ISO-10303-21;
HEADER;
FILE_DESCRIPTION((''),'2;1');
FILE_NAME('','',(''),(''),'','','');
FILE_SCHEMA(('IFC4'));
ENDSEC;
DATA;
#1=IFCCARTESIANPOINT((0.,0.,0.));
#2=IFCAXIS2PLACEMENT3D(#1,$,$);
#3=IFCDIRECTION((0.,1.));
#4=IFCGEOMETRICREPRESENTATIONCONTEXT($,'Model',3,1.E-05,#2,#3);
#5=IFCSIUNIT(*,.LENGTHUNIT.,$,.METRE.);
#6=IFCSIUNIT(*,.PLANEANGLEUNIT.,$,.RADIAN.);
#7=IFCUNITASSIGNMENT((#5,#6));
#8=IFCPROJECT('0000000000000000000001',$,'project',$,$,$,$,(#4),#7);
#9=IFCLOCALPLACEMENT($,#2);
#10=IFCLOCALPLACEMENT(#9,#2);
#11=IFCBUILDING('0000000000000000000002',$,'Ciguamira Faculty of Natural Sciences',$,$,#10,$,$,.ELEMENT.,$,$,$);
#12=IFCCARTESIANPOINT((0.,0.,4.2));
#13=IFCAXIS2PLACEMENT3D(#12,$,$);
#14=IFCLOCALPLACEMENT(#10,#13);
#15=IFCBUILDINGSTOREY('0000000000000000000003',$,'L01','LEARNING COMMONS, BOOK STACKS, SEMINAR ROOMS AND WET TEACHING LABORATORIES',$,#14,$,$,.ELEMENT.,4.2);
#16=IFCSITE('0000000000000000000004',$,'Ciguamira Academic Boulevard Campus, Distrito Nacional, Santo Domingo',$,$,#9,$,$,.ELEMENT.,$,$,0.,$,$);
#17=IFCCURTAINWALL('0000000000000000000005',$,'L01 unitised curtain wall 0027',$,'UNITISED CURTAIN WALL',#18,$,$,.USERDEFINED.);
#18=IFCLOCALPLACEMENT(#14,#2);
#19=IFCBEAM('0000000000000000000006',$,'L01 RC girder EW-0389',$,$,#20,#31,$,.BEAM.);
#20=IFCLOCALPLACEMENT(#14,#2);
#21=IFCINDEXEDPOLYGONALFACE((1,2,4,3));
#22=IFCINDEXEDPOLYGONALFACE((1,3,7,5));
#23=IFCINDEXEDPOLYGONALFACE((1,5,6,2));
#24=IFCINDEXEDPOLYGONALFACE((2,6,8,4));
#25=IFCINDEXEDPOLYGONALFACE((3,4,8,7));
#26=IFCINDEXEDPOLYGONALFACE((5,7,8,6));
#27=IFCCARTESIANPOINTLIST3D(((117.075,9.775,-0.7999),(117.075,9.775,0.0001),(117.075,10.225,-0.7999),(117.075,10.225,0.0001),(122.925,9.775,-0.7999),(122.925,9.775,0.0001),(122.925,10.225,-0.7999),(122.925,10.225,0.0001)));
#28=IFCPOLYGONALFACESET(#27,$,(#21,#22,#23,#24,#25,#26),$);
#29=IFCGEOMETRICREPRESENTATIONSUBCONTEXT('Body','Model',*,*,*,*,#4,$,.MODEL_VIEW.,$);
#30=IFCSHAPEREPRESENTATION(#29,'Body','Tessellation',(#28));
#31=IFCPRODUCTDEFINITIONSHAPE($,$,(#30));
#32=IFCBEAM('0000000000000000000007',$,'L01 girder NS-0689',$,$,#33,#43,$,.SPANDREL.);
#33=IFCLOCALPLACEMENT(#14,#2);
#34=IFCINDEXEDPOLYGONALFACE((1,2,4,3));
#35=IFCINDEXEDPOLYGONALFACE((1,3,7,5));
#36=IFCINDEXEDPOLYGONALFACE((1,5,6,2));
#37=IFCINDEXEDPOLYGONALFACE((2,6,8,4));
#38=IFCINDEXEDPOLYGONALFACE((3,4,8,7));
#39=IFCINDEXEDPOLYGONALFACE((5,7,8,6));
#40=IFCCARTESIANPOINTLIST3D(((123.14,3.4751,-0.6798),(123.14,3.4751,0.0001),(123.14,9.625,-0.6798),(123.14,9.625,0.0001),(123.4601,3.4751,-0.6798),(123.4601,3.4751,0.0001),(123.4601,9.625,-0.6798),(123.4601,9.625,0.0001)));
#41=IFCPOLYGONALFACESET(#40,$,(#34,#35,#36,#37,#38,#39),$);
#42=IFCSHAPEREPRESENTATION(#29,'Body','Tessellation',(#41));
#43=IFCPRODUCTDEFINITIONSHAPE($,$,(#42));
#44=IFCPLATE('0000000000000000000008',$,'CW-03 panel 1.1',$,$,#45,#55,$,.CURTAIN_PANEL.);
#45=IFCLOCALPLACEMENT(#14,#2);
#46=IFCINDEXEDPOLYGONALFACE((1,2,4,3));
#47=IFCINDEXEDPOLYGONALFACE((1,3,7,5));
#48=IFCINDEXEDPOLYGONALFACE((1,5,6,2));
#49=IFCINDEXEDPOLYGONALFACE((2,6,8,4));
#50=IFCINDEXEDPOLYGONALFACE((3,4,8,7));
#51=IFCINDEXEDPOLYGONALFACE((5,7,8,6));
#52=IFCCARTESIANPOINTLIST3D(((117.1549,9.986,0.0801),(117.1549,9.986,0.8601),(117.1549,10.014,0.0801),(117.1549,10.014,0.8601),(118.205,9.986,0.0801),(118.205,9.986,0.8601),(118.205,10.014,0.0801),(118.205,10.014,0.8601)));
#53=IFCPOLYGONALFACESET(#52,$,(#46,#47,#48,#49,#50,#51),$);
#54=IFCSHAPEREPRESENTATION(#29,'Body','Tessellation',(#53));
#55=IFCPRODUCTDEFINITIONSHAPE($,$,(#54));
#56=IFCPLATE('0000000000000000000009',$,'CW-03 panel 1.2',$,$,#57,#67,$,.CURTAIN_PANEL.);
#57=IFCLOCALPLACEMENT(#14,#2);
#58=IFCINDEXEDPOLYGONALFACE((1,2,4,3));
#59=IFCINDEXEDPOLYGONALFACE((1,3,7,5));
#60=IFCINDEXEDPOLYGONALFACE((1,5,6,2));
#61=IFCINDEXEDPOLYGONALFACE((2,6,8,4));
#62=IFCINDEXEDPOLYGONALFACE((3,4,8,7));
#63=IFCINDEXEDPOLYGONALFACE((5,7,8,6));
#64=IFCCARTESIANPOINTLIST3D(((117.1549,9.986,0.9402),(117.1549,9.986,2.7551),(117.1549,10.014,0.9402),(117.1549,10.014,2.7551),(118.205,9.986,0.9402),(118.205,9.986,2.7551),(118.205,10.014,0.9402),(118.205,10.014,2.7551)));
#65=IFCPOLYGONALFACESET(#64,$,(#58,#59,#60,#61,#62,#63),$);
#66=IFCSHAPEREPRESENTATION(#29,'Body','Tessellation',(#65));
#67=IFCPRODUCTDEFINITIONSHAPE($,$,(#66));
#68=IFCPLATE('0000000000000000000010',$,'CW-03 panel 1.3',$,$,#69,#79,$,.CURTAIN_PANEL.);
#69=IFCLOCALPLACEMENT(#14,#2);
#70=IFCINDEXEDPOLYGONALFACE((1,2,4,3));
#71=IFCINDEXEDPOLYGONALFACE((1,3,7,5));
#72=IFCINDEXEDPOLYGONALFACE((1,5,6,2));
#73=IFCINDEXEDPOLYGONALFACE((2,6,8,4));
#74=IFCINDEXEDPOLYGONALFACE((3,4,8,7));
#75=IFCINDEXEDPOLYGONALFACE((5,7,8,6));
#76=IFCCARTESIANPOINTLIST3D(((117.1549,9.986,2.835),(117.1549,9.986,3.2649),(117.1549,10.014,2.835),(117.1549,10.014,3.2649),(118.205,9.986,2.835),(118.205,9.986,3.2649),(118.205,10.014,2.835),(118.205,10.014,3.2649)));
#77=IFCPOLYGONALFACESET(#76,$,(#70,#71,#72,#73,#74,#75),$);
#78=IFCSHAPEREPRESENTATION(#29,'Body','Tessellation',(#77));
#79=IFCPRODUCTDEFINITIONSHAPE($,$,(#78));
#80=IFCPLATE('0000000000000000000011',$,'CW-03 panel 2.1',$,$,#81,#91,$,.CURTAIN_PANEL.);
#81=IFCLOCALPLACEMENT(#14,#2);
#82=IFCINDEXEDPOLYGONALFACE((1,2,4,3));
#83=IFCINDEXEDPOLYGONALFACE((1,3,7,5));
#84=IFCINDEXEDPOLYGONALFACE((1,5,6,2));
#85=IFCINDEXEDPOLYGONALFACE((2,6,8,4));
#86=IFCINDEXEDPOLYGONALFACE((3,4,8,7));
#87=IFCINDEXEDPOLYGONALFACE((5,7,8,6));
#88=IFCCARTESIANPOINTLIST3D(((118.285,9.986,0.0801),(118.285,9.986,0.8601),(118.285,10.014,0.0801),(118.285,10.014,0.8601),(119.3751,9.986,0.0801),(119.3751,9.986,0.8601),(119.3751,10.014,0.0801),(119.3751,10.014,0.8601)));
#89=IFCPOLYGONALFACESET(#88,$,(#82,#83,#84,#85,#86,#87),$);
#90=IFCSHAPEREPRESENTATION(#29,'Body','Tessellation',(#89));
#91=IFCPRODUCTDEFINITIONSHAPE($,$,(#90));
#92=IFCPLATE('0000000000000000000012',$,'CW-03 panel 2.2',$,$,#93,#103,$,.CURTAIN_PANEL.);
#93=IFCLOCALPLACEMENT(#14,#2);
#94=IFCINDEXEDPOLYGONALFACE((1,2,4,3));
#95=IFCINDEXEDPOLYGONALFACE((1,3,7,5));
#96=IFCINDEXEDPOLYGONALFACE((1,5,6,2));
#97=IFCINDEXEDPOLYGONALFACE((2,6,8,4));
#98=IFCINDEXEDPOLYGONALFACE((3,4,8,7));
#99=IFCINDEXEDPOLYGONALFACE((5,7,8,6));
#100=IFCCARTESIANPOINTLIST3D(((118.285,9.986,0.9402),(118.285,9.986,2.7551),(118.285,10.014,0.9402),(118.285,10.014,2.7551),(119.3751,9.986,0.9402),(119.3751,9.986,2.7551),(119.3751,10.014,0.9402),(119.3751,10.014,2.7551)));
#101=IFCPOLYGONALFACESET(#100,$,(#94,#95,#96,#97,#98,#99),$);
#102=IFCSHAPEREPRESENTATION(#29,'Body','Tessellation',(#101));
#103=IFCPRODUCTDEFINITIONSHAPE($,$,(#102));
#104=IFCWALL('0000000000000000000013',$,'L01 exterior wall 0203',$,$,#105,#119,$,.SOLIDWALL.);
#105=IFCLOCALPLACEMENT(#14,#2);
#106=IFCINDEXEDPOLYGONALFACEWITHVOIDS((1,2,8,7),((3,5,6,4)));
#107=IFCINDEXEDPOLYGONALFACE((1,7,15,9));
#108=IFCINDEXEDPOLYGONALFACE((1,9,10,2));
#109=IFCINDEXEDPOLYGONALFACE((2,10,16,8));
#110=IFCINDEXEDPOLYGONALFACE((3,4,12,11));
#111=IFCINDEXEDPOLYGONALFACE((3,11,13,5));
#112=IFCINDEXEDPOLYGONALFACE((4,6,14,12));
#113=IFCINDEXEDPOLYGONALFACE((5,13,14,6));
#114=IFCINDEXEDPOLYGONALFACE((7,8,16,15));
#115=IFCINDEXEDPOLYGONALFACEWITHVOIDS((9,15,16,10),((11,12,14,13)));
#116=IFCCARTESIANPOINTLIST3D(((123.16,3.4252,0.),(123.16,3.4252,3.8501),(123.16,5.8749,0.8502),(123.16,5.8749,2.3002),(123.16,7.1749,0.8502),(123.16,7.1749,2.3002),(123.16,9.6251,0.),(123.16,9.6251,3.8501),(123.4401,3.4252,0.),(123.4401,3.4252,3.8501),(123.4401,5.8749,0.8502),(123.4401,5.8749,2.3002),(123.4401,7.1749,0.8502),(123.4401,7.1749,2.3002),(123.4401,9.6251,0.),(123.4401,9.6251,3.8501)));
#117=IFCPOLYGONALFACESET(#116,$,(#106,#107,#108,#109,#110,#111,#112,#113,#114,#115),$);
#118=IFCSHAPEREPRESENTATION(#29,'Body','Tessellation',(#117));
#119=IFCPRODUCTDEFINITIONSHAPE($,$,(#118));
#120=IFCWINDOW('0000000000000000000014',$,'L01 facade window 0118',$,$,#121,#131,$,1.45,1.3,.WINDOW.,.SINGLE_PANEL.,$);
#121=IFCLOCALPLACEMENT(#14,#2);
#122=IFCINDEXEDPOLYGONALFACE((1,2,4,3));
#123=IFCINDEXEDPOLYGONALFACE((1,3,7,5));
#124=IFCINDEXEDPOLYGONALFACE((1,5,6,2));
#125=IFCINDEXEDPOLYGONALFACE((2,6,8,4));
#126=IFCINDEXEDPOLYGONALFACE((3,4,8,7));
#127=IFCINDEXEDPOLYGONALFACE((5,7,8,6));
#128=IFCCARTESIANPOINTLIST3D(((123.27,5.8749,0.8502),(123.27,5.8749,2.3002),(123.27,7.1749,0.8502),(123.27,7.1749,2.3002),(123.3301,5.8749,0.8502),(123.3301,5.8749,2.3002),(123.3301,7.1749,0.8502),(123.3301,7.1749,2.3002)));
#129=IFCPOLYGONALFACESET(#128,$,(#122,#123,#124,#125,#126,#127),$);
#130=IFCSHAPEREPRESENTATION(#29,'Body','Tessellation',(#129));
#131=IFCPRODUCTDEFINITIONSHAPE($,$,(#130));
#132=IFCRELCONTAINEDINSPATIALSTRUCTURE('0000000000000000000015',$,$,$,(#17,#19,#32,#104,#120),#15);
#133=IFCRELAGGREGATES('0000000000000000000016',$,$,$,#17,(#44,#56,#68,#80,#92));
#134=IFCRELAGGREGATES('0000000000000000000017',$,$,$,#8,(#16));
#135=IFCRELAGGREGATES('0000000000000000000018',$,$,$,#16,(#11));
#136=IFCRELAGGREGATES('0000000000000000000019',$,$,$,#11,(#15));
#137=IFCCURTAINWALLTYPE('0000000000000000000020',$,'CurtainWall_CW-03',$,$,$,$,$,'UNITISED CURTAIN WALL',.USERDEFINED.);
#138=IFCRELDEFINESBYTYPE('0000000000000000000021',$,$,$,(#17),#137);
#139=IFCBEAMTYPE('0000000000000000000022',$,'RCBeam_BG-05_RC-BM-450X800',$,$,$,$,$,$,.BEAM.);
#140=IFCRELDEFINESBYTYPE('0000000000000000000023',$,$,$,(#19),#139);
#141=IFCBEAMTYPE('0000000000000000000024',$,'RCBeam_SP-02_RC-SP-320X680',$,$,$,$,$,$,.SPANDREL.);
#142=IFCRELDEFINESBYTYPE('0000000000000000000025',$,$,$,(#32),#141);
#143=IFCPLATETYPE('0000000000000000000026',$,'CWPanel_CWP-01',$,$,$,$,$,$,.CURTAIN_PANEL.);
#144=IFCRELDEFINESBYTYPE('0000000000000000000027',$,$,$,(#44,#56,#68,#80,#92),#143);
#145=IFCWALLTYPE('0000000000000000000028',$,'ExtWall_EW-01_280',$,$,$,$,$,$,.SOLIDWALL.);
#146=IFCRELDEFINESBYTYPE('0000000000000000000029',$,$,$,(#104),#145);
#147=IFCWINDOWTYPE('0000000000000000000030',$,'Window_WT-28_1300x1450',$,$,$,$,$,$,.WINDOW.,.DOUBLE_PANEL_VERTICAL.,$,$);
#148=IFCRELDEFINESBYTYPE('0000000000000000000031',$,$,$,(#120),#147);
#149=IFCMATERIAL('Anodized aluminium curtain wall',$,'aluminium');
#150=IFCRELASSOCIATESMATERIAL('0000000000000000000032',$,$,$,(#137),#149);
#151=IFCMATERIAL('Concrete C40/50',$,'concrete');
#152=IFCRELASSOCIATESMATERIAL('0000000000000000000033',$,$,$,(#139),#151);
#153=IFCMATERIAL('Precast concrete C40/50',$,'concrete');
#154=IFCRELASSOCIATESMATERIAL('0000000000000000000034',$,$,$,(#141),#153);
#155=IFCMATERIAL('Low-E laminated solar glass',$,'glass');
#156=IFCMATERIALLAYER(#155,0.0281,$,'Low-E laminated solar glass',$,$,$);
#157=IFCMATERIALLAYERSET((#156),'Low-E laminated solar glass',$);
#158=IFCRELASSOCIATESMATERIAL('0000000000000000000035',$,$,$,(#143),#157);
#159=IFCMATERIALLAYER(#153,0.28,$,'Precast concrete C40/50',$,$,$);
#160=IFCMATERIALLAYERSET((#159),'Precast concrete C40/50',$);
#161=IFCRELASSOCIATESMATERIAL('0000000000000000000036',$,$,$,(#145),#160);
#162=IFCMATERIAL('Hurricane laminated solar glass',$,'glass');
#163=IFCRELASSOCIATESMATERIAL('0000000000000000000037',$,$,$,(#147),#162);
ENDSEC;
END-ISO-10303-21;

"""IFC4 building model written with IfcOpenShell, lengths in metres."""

from ifc_helpers import new_model, si_unit, direction, frame, frame_2d, origin, origin_2d, place, context, subcontext, project, spatial, rectangle, extrude, material, layer, layer_set, material_profile, profile_set, type_object, element, fill, aggregate, save


model = new_model("IFC4")

# Units and contexts
model_context = context("Model", 3, precision=1e-05, world=origin(), true_north=direction((0.0, 1.0)))
body_context = subcontext(model_context, "Body", "Model", "MODEL_VIEW")
ifc_project = project(units=[si_unit("LENGTHUNIT", "METRE"), si_unit("PLANEANGLEUNIT", "RADIAN")], contexts=[model_context])

# Site, building, storey
site_placement = place(None, origin())
site = spatial("IfcSite", under=ifc_project, at=site_placement, Name="Ciguamira Academic Boulevard Campus, Distrito Nacional, Santo Domingo", CompositionType="ELEMENT", RefElevation=0.0)
building_placement = place(site_placement, origin())
building = spatial("IfcBuilding", under=site, at=building_placement, Name="Ciguamira Faculty of Natural Sciences", CompositionType="ELEMENT")
storey_placement = place(building_placement, frame((0.0, 0.0, 4.2)))
storey = spatial("IfcBuildingStorey", under=building, at=storey_placement, Name="L01", Description="LEARNING COMMONS, BOOK STACKS, SEMINAR ROOMS AND WET TEACHING LABORATORIES", CompositionType="ELEMENT", Elevation=4.2)

# Shared definitions
ifc_material_1 = material(Name="Concrete C40/50", Category="concrete")

# Curtain wall
ifc_material_2 = material(Name="Anodized aluminium curtain wall", Category="aluminium")
curtain_wall_type = type_object("IfcCurtainWallType", Name="CurtainWall_CW-03", ElementType="UNITISED CURTAIN WALL", PredefinedType="USERDEFINED", material=ifc_material_2)
curtain_wall_placement = place(storey_placement, origin())
curtain_wall = element("IfcCurtainWall", 1, at=curtain_wall_placement, inside=storey, type_object=curtain_wall_type, Name="L01 unitised curtain wall 0027", ObjectType="UNITISED CURTAIN WALL", PredefinedType="USERDEFINED")

# Beams
ifc_material_profile_1 = material_profile(ifc_material_1, rectangle(XDim=0.45, YDim=0.8, at=origin_2d()), Name="RC-BM-450X800")
ifc_profile_set_1 = profile_set([ifc_material_profile_1], Name="Concrete C40/50")
beam_type_1 = type_object("IfcBeamType", Name="RCBeam_BG-05_RC-BM-450X800", PredefinedType="BEAM", material=ifc_profile_set_1)
beam_1_placement = place(storey_placement, frame((117.075, 10.0, -0.3999), z_axis=(1.0, 0.0, 0.0), x_axis=(0.0, 1.0, 0.0)))
element("IfcBeam", 2, at=beam_1_placement, inside=storey, type_object=beam_type_1, Name="L01 RC girder EW-0389", PredefinedType="BEAM", context=body_context, shape_type="SweptSolid", body=[
    extrude(rectangle(XDim=0.45, YDim=0.8, at=origin_2d()), origin(), (0.0, 0.0, 1.0), 5.8501),
])
ifc_material_3 = material(Name="Precast concrete C40/50", Category="concrete")
ifc_material_profile_2 = material_profile(ifc_material_3, rectangle(XDim=0.3201, YDim=0.6799, at=origin_2d()), Name="RC-SP-320X680")
ifc_profile_set_2 = profile_set([ifc_material_profile_2], Name="Precast concrete C40/50")
beam_type_2 = type_object("IfcBeamType", Name="RCBeam_SP-02_RC-SP-320X680", PredefinedType="SPANDREL", material=ifc_profile_set_2)
beam_2_placement = place(storey_placement, frame((123.3, 3.4751, -0.3398), z_axis=(0.0, 1.0, 0.0), x_axis=(-1.0, 0.0, 0.0)))
element("IfcBeam", 3, at=beam_2_placement, inside=storey, type_object=beam_type_2, Name="L01 girder NS-0689", PredefinedType="SPANDREL", context=body_context, shape_type="SweptSolid", body=[
    extrude(rectangle(XDim=0.3201, YDim=0.6799, at=origin_2d()), origin(), (0.0, 0.0, 1.0), 6.1499),
])

# Plates
ifc_material_4 = material(Name="Low-E laminated solar glass", Category="glass")
ifc_layer_1 = layer(ifc_material_4, 0.0281, Name="Low-E laminated solar glass")
ifc_layer_set_1 = layer_set([ifc_layer_1], Name="Low-E laminated solar glass")
plate_type = type_object("IfcPlateType", Name="CWPanel_CWP-01", PredefinedType="CURTAIN_PANEL", material=ifc_layer_set_1)
plate_1_placement = place(storey_placement, frame((117.6799, 10.0, 0.0801), z_axis=(0.0, 0.0, 1.0), x_axis=(1.0, 0.0, 0.0)))
plate_1 = element("IfcPlate", 4, at=plate_1_placement, type_object=plate_type, Name="CW-03 panel 1.1", PredefinedType="CURTAIN_PANEL", context=body_context, shape_type="SweptSolid", body=[
    extrude(rectangle(XDim=1.05, YDim=0.0281, at=origin_2d()), origin(), (0.0, 0.0, 1.0), 0.78),
])
plate_2_placement = place(storey_placement, frame((117.6799, 10.0, 0.9402), z_axis=(0.0, 0.0, 1.0), x_axis=(1.0, 0.0, 0.0)))
plate_2 = element("IfcPlate", 5, at=plate_2_placement, type_object=plate_type, Name="CW-03 panel 1.2", PredefinedType="CURTAIN_PANEL", context=body_context, shape_type="SweptSolid", body=[
    extrude(rectangle(XDim=1.05, YDim=0.0281, at=origin_2d()), origin(), (0.0, 0.0, 1.0), 1.8149),
])
plate_3_placement = place(storey_placement, frame((117.6799, 10.0, 2.835), z_axis=(0.0, 0.0, 1.0), x_axis=(1.0, 0.0, 0.0)))
plate_3 = element("IfcPlate", 6, at=plate_3_placement, type_object=plate_type, Name="CW-03 panel 1.3", PredefinedType="CURTAIN_PANEL", context=body_context, shape_type="SweptSolid", body=[
    extrude(rectangle(XDim=1.05, YDim=0.0281, at=origin_2d()), origin(), (0.0, 0.0, 1.0), 0.4299),
])
plate_4_placement = place(storey_placement, frame((118.8301, 10.0, 0.0801), z_axis=(0.0, 0.0, 1.0), x_axis=(1.0, 0.0, 0.0)))
plate_4 = element("IfcPlate", 7, at=plate_4_placement, type_object=plate_type, Name="CW-03 panel 2.1", PredefinedType="CURTAIN_PANEL", context=body_context, shape_type="SweptSolid", body=[
    extrude(rectangle(XDim=1.0901, YDim=0.0281, at=origin_2d()), origin(), (0.0, 0.0, 1.0), 0.78),
])
plate_5_placement = place(storey_placement, frame((118.8301, 10.0, 0.9402), z_axis=(0.0, 0.0, 1.0), x_axis=(1.0, 0.0, 0.0)))
plate_5 = element("IfcPlate", 8, at=plate_5_placement, type_object=plate_type, Name="CW-03 panel 2.2", PredefinedType="CURTAIN_PANEL", context=body_context, shape_type="SweptSolid", body=[
    extrude(rectangle(XDim=1.0901, YDim=0.0281, at=origin_2d()), origin(), (0.0, 0.0, 1.0), 1.8149),
])
aggregate(curtain_wall, [plate_1, plate_2, plate_3, plate_4, plate_5])

# Wall, opening, window
ifc_layer_2 = layer(ifc_material_3, 0.28, Name="Precast concrete C40/50")
ifc_layer_set_2 = layer_set([ifc_layer_2], Name="Precast concrete C40/50")
wall_type = type_object("IfcWallType", Name="ExtWall_EW-01_280", PredefinedType="SOLIDWALL", material=ifc_layer_set_2)
wall_placement = place(storey_placement, frame((123.3, 3.425, 0.0), z_axis=(0.0, 0.0, 1.0), x_axis=(0.0, 1.0, 0.0)))
wall = element("IfcWall", 9, at=wall_placement, inside=storey, type_object=wall_type, Name="L01 exterior wall 0203", PredefinedType="SOLIDWALL", context=body_context, shape_type="SweptSolid", body=[
    extrude(rectangle(XDim=6.2, YDim=0.28, at=frame_2d((3.1001, 0.0))), origin(), (0.0, 0.0, 1.0), 3.8501),
])
opening_placement = place(wall_placement, frame((2.45, 0.0, 0.8501)))
opening = element("IfcOpeningElement", 10, at=opening_placement, cuts=wall, PredefinedType="OPENING", context=body_context, shape_type="SweptSolid", body=[
    extrude(rectangle(XDim=1.3, YDim=1.45, at=frame_2d((0.6499, 0.7251))), frame((0.0, 0.1499, 0.0), z_axis=(0.0, -1.0, 0.0), x_axis=(1.0, 0.0, 0.0)), (0.0, 0.0, 1.0), 0.3),
])
ifc_material_5 = material(Name="Hurricane laminated solar glass", Category="glass")
window_type = type_object("IfcWindowType", Name="Window_WT-28_1300x1450", PartitioningType="DOUBLE_PANEL_VERTICAL", PredefinedType="WINDOW", material=ifc_material_5)
window_placement = place(opening_placement, origin())
window = element("IfcWindow", 11, at=window_placement, inside=storey, type_object=window_type, Name="L01 facade window 0118", OverallHeight=1.45, OverallWidth=1.3, PartitioningType="SINGLE_PANEL", PredefinedType="WINDOW", context=body_context, shape_type="SweptSolid", body=[
    extrude(rectangle(XDim=1.3, YDim=1.45, at=frame_2d((0.6499, 0.7251))), frame((0.0, 0.03, 0.0), z_axis=(0.0, -1.0, 0.0), x_axis=(1.0, 0.0, 0.0)), (0.0, 0.0, 1.0), 0.0601),
])
fill(opening, window)

save(model, "model.ifc")
